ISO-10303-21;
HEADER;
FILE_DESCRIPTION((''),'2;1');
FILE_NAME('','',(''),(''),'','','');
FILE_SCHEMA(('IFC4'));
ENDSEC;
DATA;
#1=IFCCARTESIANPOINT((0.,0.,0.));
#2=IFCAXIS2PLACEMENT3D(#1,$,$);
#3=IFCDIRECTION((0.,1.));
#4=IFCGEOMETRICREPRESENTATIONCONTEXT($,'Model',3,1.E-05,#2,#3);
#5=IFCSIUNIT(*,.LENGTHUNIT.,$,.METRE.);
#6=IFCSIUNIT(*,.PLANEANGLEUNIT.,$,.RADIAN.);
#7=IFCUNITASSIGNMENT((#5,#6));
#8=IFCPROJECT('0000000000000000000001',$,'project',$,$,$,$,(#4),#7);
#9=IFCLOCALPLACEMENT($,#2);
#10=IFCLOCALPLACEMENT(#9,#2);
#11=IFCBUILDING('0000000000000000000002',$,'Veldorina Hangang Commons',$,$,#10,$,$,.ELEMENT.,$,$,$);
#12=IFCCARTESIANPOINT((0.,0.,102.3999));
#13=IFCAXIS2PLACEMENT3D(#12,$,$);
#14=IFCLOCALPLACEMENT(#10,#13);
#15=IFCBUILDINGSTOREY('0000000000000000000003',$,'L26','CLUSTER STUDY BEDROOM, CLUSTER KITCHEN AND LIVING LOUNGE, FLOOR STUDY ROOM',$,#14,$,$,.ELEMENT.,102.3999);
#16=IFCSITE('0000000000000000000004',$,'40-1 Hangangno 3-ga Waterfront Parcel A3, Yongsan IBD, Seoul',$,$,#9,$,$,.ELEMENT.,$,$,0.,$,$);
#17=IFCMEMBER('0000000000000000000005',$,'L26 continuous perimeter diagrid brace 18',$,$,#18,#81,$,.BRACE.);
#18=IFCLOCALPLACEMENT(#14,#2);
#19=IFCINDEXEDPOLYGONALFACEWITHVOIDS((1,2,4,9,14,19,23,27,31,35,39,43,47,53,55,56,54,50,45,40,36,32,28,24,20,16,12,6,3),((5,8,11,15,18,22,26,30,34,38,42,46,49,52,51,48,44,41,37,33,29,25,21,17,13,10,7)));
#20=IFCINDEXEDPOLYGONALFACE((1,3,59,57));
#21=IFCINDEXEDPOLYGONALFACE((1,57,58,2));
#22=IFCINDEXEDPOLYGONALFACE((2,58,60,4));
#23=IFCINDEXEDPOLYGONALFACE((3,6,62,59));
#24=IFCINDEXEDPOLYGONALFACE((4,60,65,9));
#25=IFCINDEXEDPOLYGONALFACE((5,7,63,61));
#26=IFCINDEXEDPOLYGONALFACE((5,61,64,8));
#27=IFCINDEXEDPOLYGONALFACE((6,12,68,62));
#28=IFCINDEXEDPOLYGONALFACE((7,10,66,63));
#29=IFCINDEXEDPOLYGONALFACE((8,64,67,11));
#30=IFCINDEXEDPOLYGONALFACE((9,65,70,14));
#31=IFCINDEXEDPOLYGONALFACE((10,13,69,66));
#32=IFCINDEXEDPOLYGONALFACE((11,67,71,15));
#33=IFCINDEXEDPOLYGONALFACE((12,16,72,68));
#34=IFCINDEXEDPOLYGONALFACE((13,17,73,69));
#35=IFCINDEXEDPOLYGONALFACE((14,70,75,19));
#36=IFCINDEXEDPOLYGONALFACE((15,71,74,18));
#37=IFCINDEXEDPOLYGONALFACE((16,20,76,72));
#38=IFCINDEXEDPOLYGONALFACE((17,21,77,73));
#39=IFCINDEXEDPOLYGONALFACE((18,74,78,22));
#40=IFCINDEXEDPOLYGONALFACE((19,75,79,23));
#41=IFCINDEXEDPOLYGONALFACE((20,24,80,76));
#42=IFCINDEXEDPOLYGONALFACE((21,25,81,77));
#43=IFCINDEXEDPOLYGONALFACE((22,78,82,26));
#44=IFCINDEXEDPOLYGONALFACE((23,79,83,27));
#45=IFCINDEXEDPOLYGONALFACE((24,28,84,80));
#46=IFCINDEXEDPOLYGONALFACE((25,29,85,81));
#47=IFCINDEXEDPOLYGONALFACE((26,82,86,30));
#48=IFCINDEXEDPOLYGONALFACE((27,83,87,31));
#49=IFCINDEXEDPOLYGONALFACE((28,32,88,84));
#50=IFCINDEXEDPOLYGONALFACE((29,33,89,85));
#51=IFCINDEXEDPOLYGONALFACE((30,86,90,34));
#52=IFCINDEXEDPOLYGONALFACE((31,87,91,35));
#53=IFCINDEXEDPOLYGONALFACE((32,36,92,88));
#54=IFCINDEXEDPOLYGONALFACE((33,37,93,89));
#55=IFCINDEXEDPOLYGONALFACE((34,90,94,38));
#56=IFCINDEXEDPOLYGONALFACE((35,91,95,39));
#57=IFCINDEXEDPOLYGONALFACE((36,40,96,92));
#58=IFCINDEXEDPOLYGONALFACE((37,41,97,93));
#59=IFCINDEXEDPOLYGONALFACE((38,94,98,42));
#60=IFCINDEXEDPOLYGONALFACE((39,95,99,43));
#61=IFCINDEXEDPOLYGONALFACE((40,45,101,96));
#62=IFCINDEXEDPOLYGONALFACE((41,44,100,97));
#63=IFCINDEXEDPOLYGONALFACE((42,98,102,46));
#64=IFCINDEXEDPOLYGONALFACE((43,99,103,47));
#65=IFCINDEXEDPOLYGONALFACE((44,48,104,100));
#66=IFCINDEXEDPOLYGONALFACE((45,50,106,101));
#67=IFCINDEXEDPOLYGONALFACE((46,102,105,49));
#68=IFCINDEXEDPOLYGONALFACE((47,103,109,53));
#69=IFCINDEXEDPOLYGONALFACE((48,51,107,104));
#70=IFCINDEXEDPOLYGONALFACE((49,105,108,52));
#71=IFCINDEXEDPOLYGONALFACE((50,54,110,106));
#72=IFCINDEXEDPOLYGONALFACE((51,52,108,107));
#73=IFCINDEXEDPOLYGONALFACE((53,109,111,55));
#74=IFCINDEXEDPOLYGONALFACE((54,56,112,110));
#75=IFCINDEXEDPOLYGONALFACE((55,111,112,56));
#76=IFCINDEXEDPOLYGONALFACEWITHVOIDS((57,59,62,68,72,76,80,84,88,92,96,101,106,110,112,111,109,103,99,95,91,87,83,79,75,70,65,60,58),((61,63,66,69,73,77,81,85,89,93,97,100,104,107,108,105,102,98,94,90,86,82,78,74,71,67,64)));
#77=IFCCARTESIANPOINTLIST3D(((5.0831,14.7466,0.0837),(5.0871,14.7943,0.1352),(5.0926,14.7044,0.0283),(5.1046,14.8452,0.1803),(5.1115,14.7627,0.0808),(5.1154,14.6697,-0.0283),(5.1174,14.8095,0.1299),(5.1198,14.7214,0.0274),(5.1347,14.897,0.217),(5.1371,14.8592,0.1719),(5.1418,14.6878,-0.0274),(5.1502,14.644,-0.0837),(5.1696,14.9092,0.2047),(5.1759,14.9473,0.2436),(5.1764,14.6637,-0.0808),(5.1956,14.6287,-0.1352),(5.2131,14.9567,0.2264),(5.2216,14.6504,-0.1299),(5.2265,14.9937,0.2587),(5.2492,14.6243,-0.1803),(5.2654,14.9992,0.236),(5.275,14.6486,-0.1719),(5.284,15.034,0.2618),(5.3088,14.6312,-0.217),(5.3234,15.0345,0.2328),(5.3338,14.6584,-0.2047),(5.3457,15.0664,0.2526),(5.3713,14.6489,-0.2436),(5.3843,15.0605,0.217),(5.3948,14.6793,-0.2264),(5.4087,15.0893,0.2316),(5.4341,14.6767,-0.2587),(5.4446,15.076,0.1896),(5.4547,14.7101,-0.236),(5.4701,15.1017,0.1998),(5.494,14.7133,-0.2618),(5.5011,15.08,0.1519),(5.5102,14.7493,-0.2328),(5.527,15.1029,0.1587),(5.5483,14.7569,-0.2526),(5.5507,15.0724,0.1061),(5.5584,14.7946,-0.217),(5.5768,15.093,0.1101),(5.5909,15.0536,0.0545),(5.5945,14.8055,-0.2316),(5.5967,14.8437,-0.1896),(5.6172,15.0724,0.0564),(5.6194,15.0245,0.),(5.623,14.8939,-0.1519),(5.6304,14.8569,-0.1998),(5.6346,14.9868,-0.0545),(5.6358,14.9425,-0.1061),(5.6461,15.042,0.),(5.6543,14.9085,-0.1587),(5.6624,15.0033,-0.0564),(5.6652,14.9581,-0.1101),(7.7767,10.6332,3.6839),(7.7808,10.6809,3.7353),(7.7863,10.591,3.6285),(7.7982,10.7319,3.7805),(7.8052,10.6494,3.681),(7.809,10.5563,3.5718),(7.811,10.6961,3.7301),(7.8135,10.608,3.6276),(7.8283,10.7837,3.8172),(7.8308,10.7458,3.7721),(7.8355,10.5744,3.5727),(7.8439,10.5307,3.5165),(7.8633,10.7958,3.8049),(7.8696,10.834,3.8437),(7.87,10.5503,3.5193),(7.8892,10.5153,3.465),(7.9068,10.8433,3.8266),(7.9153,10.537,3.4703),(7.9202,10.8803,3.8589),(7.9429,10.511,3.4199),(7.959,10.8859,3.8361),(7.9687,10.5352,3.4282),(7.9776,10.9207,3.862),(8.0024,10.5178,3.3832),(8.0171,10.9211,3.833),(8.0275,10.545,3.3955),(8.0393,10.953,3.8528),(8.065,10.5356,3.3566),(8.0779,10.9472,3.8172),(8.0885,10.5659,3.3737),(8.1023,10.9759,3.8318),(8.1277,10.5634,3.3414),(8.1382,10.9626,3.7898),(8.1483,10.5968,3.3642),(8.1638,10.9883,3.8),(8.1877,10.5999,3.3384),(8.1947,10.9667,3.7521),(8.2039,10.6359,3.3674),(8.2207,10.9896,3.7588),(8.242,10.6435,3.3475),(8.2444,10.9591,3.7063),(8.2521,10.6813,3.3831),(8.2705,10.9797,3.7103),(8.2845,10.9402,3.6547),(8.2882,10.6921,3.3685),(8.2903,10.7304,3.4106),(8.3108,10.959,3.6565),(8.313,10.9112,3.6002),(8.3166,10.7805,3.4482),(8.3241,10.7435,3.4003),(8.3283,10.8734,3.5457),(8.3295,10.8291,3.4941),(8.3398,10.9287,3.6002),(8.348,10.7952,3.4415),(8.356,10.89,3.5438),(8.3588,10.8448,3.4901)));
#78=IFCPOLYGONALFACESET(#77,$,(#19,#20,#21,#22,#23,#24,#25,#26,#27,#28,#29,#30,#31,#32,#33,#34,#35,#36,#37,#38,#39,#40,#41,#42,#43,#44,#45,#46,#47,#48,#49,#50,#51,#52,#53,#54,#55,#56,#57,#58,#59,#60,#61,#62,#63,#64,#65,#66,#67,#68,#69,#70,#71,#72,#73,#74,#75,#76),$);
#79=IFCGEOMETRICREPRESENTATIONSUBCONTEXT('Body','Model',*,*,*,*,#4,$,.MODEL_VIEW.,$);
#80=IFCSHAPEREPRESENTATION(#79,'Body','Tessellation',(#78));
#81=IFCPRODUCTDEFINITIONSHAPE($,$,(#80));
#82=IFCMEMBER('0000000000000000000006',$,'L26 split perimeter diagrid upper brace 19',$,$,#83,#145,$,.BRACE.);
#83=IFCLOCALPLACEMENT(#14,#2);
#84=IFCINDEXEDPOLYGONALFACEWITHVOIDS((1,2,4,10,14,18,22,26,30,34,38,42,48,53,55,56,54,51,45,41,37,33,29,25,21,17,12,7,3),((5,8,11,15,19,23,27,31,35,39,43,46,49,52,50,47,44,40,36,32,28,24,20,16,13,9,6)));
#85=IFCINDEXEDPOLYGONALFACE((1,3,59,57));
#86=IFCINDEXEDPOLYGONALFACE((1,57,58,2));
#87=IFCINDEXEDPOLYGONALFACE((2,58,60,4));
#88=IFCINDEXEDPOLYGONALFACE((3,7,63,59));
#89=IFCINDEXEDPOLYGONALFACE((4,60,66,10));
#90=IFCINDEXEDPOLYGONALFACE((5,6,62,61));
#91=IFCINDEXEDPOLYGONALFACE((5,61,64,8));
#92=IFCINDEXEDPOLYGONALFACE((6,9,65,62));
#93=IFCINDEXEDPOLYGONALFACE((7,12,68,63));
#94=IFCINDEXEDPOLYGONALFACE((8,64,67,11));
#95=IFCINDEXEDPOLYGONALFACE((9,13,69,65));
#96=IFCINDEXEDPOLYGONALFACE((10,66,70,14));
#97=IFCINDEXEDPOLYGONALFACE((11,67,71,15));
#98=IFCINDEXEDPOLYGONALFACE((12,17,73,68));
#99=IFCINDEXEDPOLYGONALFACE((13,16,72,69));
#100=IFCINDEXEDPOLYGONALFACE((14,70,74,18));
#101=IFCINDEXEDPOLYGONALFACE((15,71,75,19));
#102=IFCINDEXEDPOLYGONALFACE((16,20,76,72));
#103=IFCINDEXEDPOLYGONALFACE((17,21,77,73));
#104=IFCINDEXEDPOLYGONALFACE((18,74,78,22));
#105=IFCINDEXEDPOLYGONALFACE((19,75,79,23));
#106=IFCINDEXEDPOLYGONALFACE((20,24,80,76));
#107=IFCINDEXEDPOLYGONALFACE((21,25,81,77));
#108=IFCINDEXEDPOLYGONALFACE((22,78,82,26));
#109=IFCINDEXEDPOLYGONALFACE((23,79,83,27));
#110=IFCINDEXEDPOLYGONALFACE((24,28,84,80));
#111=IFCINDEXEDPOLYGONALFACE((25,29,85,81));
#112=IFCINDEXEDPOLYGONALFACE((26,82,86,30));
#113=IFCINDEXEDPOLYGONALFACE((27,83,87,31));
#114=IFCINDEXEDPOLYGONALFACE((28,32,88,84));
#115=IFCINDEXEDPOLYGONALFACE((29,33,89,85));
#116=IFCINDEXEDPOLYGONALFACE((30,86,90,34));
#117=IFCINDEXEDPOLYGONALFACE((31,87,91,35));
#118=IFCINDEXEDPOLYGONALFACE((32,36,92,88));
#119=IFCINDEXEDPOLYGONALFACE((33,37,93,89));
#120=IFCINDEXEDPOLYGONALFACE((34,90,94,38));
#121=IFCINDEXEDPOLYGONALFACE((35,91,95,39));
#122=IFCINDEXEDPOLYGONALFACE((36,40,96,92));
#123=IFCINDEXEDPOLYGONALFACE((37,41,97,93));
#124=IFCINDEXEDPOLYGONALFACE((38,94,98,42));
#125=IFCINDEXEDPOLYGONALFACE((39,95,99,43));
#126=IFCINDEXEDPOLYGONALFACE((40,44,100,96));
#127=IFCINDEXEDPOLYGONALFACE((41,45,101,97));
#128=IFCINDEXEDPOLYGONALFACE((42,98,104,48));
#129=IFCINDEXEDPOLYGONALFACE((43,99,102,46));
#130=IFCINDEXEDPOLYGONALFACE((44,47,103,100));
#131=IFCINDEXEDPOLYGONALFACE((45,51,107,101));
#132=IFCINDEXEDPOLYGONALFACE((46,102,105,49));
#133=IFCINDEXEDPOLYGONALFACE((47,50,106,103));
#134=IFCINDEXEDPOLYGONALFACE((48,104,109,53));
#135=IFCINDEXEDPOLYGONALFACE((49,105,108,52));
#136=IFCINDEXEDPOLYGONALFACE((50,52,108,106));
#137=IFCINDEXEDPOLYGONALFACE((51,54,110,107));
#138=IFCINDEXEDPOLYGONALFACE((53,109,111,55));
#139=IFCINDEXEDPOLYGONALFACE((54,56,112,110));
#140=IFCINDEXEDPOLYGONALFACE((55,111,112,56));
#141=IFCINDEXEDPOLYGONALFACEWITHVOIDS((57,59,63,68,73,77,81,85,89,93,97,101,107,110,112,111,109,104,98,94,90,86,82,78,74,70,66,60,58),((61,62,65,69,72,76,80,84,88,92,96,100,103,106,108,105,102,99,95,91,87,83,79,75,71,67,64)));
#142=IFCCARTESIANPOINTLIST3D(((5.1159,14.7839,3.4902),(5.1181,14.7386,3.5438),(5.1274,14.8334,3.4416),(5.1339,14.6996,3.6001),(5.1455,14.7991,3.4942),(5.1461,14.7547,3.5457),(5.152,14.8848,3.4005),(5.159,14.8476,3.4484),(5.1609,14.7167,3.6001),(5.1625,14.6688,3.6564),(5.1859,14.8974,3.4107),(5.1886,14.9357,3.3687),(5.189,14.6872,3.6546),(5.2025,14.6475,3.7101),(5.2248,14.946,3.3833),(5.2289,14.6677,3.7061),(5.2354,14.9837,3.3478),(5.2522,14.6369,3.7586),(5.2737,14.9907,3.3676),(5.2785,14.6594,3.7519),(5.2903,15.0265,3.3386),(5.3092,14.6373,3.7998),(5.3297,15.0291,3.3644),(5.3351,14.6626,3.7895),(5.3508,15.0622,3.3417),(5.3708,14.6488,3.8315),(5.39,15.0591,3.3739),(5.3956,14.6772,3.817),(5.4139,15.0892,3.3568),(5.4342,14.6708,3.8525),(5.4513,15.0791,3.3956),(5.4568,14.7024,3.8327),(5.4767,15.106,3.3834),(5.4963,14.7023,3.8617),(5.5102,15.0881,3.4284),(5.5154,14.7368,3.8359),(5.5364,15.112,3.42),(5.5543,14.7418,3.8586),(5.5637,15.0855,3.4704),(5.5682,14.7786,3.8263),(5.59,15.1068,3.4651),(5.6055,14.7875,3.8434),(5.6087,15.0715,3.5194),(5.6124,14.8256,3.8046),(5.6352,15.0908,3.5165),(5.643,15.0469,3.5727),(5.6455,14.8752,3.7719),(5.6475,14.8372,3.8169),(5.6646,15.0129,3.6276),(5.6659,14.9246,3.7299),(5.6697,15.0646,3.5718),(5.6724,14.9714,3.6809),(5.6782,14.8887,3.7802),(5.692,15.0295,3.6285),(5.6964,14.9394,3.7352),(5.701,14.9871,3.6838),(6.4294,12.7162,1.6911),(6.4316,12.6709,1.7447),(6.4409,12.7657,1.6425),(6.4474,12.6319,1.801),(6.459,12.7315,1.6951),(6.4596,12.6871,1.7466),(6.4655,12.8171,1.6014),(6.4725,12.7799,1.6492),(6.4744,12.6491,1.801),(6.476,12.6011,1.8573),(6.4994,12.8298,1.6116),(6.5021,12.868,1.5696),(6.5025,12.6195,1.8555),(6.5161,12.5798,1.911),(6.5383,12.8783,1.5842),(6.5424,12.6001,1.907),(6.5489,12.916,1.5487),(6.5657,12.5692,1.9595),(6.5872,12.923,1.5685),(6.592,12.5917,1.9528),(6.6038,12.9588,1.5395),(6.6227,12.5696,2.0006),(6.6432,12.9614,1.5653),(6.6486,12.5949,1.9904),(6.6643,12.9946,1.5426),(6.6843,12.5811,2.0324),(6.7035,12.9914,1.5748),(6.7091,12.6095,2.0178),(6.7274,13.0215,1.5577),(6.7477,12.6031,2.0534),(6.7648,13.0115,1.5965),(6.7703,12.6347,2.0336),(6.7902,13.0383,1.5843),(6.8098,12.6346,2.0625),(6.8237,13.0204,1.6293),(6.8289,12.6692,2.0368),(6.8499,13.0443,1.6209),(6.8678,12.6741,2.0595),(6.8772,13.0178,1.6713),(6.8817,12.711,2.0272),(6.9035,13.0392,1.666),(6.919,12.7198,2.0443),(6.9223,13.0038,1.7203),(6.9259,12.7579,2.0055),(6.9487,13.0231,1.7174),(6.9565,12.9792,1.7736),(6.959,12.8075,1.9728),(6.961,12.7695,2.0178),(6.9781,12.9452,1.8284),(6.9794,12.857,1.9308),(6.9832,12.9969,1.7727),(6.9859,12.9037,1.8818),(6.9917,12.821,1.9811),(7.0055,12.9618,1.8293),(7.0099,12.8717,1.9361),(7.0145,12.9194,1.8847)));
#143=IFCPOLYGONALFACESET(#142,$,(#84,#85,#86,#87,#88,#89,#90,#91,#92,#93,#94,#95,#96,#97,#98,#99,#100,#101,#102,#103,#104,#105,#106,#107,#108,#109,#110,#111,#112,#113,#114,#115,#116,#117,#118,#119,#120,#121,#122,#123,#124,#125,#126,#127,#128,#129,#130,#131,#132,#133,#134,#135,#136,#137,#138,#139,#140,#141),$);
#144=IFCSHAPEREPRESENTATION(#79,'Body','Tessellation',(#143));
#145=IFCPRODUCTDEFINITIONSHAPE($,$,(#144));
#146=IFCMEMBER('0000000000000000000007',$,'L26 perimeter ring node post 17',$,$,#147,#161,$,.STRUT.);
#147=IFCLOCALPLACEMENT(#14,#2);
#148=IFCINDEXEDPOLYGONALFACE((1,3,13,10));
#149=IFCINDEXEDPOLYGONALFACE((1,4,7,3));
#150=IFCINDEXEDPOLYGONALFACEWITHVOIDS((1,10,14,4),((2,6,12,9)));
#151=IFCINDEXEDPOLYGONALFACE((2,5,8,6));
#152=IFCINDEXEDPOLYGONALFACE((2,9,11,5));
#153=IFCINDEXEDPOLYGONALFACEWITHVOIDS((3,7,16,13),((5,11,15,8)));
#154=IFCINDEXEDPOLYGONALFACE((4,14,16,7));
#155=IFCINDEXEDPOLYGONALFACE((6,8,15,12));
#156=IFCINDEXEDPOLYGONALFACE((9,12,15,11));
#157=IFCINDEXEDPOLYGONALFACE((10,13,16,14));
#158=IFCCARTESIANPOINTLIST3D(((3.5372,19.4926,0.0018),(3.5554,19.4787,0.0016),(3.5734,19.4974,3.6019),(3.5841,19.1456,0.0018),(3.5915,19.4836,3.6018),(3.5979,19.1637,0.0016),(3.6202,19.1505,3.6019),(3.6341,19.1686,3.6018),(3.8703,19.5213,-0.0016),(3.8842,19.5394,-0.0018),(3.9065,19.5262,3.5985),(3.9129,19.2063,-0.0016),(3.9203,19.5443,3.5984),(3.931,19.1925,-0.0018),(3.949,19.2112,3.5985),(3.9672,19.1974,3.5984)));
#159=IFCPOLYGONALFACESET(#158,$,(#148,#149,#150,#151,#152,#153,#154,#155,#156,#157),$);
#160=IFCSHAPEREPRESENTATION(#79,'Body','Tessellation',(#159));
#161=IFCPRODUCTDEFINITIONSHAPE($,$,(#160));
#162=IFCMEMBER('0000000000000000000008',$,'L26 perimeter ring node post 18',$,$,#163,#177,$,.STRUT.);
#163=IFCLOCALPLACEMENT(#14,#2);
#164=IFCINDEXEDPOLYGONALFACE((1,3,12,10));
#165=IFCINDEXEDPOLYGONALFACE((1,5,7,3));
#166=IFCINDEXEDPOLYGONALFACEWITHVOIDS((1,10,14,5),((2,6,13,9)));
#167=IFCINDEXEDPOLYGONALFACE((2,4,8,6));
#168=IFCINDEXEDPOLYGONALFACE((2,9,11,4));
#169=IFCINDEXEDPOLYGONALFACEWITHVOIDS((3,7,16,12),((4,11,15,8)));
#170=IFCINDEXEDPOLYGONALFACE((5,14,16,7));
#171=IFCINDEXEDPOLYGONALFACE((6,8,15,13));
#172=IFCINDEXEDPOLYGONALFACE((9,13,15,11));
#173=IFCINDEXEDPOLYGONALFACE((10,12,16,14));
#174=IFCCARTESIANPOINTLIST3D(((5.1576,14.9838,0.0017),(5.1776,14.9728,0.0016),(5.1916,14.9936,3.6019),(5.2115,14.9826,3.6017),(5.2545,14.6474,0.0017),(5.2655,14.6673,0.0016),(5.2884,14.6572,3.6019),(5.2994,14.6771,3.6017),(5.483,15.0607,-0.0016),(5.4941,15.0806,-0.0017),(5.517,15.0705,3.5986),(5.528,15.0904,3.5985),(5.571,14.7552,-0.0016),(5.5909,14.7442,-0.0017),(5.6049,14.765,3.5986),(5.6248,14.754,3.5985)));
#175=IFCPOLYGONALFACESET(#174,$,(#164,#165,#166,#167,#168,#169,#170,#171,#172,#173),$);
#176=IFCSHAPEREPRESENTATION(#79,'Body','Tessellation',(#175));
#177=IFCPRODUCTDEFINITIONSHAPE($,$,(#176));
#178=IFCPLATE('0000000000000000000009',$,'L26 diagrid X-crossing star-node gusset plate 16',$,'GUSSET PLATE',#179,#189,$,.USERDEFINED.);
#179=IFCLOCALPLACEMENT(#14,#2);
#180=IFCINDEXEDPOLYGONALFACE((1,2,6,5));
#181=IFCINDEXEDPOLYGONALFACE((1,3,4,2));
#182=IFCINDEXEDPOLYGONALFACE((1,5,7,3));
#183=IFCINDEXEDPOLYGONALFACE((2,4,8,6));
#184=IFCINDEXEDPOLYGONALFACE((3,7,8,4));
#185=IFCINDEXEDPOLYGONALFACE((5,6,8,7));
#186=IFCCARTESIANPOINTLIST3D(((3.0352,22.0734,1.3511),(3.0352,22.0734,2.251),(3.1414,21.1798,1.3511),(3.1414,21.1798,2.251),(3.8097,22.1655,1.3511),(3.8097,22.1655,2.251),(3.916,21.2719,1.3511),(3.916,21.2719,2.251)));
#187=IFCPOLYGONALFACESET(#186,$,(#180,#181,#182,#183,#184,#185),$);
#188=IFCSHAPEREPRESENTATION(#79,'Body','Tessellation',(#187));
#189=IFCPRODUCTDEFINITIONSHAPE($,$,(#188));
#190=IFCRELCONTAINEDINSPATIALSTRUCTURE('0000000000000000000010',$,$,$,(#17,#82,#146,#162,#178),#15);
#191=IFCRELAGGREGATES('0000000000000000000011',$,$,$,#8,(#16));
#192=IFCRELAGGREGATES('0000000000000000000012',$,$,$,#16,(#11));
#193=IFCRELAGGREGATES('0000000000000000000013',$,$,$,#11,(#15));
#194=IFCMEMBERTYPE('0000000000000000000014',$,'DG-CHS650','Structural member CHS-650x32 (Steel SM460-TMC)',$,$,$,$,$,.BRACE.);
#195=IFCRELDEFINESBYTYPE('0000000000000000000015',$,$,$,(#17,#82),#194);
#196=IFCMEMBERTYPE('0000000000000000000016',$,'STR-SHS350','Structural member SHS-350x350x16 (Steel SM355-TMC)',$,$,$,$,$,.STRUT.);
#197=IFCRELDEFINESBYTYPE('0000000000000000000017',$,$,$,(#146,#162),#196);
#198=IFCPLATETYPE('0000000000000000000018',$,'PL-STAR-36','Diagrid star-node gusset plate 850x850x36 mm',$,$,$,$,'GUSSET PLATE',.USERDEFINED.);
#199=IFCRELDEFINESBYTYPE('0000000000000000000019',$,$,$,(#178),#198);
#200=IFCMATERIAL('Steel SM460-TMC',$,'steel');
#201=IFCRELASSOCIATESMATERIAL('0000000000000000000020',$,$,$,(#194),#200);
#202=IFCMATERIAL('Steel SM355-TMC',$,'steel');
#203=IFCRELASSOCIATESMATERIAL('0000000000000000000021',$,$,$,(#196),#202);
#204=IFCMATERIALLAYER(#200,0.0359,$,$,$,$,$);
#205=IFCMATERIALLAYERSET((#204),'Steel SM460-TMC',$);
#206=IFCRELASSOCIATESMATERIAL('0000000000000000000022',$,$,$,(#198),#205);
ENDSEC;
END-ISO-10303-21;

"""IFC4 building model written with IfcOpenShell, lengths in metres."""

from ifc_helpers import new_model, si_unit, direction, frame, origin, origin_2d, place, context, subcontext, project, spatial, rectangle, hollow_rectangle, hollow_circle, extrude, material, layer, layer_set, material_profile, profile_set, type_object, element, save


model = new_model("IFC4")

# Units and contexts
model_context = context("Model", 3, precision=1e-05, world=origin(), true_north=direction((0.0, 1.0)))
body_context = subcontext(model_context, "Body", "Model", "MODEL_VIEW")
ifc_project = project(units=[si_unit("LENGTHUNIT", "METRE"), si_unit("PLANEANGLEUNIT", "RADIAN")], contexts=[model_context])

# Site, building, storey
site_placement = place(None, origin())
site = spatial("IfcSite", under=ifc_project, at=site_placement, Name="40-1 Hangangno 3-ga Waterfront Parcel A3, Yongsan IBD, Seoul", CompositionType="ELEMENT", RefElevation=0.0)
building_placement = place(site_placement, origin())
building = spatial("IfcBuilding", under=site, at=building_placement, Name="Veldorina Hangang Commons", CompositionType="ELEMENT")
storey_placement = place(building_placement, frame((0.0, 0.0, 102.3999)))
storey = spatial("IfcBuildingStorey", under=building, at=storey_placement, Name="L26", Description="CLUSTER STUDY BEDROOM, CLUSTER KITCHEN AND LIVING LOUNGE, FLOOR STUDY ROOM", CompositionType="ELEMENT", Elevation=102.3999)

# Members
ifc_material_1 = material(Name="Steel SM460-TMC", Category="steel")
ifc_material_profile_1 = material_profile(ifc_material_1, hollow_circle(Radius=0.325, WallThickness=0.032, at=origin_2d()), Name="CHS-650x32")
ifc_profile_set_1 = profile_set([ifc_material_profile_1], Name="Steel SM460-TMC")
member_type_1 = type_object("IfcMemberType", Name="DG-CHS650", Description="Structural member CHS-650x32 (Steel SM460-TMC)", PredefinedType="BRACE", material=ifc_profile_set_1)
member_1_placement = place(storey_placement, frame((5.3743, 14.864, 0.0), z_axis=(0.442018, -0.674986, 0.590773), x_axis=(0.836583, 0.547841, 0.0)))
element("IfcMember", 1, at=member_1_placement, inside=storey, type_object=member_type_1, Name="L26 continuous perimeter diagrid brace 18", PredefinedType="BRACE", context=body_context, shape_type="SweptSolid", body=[
    extrude(hollow_circle(Radius=0.325, WallThickness=0.032, at=origin_2d()), origin(), (0.0, 0.0, 1.0), 6.094),
])
member_2_placement = place(storey_placement, frame((6.7217, 12.8062, 1.801), z_axis=(-0.432173, 0.680311, 0.591949), x_axis=(-0.844084, -0.536211, 0.0)))
element("IfcMember", 2, at=member_2_placement, inside=storey, type_object=member_type_1, Name="L26 split perimeter diagrid upper brace 19", PredefinedType="BRACE", context=body_context, shape_type="SweptSolid", body=[
    extrude(hollow_circle(Radius=0.325, WallThickness=0.032, at=origin_2d()), origin(), (0.0, 0.0, 1.0), 3.0393),
])
ifc_material_2 = material(Name="Steel SM355-TMC", Category="steel")
ifc_material_profile_2 = material_profile(ifc_material_2, hollow_rectangle(XDim=0.3501, YDim=0.3501, WallThickness=0.0161, at=origin_2d()), Name="SHS-350x350x16")
ifc_profile_set_2 = profile_set([ifc_material_profile_2], Name="Steel SM355-TMC")
member_type_2 = type_object("IfcMemberType", Name="STR-SHS350", Description="Structural member SHS-350x350x16 (Steel SM355-TMC)", PredefinedType="STRUT", material=ifc_profile_set_2)
for number, where, z_axis, x_axis, name in (
    (3, (3.7341, 19.3425, 0.0), (0.010036, 0.001356, 0.999949), (-0.133918, 0.990992, 0.0), "L26 perimeter ring node post 17"),
    (4, (5.3743, 14.864, 0.0), (0.009426, 0.002712, 0.999952), (-0.276547, 0.961, 0.0), "L26 perimeter ring node post 18"),
):
    element("IfcMember", number, at=place(storey_placement, frame(where, z_axis=z_axis, x_axis=x_axis)), inside=storey, type_object=member_type_2, Name=name, PredefinedType="STRUT", context=body_context, shape_type="SweptSolid", body=[
        extrude(hollow_rectangle(XDim=0.3501, YDim=0.3501, WallThickness=0.0161, at=origin_2d()), origin(), (0.0, 0.0, 1.0), 3.6003),
    ])

# Plate
ifc_layer_1 = layer(ifc_material_1, 0.0359)
ifc_layer_set_1 = layer_set([ifc_layer_1], Name="Steel SM460-TMC")
plate_type = type_object("IfcPlateType", Name="PL-STAR-36", Description="Diagrid star-node gusset plate 850x850x36 mm", ElementType="GUSSET PLATE", PredefinedType="USERDEFINED", material=ifc_layer_set_1)
plate_1_placement = place(storey_placement, frame((3.4756, 21.6726, 1.3511), z_axis=(0.0, 0.0, 1.0), x_axis=(0.118075, -0.993005, 0.0)))
element("IfcPlate", 5, at=plate_1_placement, inside=storey, type_object=plate_type, Name="L26 diagrid X-crossing star-node gusset plate 16", ObjectType="GUSSET PLATE", PredefinedType="USERDEFINED", context=body_context, shape_type="SweptSolid", body=[
    extrude(rectangle(XDim=0.8999, YDim=0.78, at=origin_2d()), origin(), (0.0, 0.0, 1.0), 0.8999),
])

save(model, "model.ifc")
